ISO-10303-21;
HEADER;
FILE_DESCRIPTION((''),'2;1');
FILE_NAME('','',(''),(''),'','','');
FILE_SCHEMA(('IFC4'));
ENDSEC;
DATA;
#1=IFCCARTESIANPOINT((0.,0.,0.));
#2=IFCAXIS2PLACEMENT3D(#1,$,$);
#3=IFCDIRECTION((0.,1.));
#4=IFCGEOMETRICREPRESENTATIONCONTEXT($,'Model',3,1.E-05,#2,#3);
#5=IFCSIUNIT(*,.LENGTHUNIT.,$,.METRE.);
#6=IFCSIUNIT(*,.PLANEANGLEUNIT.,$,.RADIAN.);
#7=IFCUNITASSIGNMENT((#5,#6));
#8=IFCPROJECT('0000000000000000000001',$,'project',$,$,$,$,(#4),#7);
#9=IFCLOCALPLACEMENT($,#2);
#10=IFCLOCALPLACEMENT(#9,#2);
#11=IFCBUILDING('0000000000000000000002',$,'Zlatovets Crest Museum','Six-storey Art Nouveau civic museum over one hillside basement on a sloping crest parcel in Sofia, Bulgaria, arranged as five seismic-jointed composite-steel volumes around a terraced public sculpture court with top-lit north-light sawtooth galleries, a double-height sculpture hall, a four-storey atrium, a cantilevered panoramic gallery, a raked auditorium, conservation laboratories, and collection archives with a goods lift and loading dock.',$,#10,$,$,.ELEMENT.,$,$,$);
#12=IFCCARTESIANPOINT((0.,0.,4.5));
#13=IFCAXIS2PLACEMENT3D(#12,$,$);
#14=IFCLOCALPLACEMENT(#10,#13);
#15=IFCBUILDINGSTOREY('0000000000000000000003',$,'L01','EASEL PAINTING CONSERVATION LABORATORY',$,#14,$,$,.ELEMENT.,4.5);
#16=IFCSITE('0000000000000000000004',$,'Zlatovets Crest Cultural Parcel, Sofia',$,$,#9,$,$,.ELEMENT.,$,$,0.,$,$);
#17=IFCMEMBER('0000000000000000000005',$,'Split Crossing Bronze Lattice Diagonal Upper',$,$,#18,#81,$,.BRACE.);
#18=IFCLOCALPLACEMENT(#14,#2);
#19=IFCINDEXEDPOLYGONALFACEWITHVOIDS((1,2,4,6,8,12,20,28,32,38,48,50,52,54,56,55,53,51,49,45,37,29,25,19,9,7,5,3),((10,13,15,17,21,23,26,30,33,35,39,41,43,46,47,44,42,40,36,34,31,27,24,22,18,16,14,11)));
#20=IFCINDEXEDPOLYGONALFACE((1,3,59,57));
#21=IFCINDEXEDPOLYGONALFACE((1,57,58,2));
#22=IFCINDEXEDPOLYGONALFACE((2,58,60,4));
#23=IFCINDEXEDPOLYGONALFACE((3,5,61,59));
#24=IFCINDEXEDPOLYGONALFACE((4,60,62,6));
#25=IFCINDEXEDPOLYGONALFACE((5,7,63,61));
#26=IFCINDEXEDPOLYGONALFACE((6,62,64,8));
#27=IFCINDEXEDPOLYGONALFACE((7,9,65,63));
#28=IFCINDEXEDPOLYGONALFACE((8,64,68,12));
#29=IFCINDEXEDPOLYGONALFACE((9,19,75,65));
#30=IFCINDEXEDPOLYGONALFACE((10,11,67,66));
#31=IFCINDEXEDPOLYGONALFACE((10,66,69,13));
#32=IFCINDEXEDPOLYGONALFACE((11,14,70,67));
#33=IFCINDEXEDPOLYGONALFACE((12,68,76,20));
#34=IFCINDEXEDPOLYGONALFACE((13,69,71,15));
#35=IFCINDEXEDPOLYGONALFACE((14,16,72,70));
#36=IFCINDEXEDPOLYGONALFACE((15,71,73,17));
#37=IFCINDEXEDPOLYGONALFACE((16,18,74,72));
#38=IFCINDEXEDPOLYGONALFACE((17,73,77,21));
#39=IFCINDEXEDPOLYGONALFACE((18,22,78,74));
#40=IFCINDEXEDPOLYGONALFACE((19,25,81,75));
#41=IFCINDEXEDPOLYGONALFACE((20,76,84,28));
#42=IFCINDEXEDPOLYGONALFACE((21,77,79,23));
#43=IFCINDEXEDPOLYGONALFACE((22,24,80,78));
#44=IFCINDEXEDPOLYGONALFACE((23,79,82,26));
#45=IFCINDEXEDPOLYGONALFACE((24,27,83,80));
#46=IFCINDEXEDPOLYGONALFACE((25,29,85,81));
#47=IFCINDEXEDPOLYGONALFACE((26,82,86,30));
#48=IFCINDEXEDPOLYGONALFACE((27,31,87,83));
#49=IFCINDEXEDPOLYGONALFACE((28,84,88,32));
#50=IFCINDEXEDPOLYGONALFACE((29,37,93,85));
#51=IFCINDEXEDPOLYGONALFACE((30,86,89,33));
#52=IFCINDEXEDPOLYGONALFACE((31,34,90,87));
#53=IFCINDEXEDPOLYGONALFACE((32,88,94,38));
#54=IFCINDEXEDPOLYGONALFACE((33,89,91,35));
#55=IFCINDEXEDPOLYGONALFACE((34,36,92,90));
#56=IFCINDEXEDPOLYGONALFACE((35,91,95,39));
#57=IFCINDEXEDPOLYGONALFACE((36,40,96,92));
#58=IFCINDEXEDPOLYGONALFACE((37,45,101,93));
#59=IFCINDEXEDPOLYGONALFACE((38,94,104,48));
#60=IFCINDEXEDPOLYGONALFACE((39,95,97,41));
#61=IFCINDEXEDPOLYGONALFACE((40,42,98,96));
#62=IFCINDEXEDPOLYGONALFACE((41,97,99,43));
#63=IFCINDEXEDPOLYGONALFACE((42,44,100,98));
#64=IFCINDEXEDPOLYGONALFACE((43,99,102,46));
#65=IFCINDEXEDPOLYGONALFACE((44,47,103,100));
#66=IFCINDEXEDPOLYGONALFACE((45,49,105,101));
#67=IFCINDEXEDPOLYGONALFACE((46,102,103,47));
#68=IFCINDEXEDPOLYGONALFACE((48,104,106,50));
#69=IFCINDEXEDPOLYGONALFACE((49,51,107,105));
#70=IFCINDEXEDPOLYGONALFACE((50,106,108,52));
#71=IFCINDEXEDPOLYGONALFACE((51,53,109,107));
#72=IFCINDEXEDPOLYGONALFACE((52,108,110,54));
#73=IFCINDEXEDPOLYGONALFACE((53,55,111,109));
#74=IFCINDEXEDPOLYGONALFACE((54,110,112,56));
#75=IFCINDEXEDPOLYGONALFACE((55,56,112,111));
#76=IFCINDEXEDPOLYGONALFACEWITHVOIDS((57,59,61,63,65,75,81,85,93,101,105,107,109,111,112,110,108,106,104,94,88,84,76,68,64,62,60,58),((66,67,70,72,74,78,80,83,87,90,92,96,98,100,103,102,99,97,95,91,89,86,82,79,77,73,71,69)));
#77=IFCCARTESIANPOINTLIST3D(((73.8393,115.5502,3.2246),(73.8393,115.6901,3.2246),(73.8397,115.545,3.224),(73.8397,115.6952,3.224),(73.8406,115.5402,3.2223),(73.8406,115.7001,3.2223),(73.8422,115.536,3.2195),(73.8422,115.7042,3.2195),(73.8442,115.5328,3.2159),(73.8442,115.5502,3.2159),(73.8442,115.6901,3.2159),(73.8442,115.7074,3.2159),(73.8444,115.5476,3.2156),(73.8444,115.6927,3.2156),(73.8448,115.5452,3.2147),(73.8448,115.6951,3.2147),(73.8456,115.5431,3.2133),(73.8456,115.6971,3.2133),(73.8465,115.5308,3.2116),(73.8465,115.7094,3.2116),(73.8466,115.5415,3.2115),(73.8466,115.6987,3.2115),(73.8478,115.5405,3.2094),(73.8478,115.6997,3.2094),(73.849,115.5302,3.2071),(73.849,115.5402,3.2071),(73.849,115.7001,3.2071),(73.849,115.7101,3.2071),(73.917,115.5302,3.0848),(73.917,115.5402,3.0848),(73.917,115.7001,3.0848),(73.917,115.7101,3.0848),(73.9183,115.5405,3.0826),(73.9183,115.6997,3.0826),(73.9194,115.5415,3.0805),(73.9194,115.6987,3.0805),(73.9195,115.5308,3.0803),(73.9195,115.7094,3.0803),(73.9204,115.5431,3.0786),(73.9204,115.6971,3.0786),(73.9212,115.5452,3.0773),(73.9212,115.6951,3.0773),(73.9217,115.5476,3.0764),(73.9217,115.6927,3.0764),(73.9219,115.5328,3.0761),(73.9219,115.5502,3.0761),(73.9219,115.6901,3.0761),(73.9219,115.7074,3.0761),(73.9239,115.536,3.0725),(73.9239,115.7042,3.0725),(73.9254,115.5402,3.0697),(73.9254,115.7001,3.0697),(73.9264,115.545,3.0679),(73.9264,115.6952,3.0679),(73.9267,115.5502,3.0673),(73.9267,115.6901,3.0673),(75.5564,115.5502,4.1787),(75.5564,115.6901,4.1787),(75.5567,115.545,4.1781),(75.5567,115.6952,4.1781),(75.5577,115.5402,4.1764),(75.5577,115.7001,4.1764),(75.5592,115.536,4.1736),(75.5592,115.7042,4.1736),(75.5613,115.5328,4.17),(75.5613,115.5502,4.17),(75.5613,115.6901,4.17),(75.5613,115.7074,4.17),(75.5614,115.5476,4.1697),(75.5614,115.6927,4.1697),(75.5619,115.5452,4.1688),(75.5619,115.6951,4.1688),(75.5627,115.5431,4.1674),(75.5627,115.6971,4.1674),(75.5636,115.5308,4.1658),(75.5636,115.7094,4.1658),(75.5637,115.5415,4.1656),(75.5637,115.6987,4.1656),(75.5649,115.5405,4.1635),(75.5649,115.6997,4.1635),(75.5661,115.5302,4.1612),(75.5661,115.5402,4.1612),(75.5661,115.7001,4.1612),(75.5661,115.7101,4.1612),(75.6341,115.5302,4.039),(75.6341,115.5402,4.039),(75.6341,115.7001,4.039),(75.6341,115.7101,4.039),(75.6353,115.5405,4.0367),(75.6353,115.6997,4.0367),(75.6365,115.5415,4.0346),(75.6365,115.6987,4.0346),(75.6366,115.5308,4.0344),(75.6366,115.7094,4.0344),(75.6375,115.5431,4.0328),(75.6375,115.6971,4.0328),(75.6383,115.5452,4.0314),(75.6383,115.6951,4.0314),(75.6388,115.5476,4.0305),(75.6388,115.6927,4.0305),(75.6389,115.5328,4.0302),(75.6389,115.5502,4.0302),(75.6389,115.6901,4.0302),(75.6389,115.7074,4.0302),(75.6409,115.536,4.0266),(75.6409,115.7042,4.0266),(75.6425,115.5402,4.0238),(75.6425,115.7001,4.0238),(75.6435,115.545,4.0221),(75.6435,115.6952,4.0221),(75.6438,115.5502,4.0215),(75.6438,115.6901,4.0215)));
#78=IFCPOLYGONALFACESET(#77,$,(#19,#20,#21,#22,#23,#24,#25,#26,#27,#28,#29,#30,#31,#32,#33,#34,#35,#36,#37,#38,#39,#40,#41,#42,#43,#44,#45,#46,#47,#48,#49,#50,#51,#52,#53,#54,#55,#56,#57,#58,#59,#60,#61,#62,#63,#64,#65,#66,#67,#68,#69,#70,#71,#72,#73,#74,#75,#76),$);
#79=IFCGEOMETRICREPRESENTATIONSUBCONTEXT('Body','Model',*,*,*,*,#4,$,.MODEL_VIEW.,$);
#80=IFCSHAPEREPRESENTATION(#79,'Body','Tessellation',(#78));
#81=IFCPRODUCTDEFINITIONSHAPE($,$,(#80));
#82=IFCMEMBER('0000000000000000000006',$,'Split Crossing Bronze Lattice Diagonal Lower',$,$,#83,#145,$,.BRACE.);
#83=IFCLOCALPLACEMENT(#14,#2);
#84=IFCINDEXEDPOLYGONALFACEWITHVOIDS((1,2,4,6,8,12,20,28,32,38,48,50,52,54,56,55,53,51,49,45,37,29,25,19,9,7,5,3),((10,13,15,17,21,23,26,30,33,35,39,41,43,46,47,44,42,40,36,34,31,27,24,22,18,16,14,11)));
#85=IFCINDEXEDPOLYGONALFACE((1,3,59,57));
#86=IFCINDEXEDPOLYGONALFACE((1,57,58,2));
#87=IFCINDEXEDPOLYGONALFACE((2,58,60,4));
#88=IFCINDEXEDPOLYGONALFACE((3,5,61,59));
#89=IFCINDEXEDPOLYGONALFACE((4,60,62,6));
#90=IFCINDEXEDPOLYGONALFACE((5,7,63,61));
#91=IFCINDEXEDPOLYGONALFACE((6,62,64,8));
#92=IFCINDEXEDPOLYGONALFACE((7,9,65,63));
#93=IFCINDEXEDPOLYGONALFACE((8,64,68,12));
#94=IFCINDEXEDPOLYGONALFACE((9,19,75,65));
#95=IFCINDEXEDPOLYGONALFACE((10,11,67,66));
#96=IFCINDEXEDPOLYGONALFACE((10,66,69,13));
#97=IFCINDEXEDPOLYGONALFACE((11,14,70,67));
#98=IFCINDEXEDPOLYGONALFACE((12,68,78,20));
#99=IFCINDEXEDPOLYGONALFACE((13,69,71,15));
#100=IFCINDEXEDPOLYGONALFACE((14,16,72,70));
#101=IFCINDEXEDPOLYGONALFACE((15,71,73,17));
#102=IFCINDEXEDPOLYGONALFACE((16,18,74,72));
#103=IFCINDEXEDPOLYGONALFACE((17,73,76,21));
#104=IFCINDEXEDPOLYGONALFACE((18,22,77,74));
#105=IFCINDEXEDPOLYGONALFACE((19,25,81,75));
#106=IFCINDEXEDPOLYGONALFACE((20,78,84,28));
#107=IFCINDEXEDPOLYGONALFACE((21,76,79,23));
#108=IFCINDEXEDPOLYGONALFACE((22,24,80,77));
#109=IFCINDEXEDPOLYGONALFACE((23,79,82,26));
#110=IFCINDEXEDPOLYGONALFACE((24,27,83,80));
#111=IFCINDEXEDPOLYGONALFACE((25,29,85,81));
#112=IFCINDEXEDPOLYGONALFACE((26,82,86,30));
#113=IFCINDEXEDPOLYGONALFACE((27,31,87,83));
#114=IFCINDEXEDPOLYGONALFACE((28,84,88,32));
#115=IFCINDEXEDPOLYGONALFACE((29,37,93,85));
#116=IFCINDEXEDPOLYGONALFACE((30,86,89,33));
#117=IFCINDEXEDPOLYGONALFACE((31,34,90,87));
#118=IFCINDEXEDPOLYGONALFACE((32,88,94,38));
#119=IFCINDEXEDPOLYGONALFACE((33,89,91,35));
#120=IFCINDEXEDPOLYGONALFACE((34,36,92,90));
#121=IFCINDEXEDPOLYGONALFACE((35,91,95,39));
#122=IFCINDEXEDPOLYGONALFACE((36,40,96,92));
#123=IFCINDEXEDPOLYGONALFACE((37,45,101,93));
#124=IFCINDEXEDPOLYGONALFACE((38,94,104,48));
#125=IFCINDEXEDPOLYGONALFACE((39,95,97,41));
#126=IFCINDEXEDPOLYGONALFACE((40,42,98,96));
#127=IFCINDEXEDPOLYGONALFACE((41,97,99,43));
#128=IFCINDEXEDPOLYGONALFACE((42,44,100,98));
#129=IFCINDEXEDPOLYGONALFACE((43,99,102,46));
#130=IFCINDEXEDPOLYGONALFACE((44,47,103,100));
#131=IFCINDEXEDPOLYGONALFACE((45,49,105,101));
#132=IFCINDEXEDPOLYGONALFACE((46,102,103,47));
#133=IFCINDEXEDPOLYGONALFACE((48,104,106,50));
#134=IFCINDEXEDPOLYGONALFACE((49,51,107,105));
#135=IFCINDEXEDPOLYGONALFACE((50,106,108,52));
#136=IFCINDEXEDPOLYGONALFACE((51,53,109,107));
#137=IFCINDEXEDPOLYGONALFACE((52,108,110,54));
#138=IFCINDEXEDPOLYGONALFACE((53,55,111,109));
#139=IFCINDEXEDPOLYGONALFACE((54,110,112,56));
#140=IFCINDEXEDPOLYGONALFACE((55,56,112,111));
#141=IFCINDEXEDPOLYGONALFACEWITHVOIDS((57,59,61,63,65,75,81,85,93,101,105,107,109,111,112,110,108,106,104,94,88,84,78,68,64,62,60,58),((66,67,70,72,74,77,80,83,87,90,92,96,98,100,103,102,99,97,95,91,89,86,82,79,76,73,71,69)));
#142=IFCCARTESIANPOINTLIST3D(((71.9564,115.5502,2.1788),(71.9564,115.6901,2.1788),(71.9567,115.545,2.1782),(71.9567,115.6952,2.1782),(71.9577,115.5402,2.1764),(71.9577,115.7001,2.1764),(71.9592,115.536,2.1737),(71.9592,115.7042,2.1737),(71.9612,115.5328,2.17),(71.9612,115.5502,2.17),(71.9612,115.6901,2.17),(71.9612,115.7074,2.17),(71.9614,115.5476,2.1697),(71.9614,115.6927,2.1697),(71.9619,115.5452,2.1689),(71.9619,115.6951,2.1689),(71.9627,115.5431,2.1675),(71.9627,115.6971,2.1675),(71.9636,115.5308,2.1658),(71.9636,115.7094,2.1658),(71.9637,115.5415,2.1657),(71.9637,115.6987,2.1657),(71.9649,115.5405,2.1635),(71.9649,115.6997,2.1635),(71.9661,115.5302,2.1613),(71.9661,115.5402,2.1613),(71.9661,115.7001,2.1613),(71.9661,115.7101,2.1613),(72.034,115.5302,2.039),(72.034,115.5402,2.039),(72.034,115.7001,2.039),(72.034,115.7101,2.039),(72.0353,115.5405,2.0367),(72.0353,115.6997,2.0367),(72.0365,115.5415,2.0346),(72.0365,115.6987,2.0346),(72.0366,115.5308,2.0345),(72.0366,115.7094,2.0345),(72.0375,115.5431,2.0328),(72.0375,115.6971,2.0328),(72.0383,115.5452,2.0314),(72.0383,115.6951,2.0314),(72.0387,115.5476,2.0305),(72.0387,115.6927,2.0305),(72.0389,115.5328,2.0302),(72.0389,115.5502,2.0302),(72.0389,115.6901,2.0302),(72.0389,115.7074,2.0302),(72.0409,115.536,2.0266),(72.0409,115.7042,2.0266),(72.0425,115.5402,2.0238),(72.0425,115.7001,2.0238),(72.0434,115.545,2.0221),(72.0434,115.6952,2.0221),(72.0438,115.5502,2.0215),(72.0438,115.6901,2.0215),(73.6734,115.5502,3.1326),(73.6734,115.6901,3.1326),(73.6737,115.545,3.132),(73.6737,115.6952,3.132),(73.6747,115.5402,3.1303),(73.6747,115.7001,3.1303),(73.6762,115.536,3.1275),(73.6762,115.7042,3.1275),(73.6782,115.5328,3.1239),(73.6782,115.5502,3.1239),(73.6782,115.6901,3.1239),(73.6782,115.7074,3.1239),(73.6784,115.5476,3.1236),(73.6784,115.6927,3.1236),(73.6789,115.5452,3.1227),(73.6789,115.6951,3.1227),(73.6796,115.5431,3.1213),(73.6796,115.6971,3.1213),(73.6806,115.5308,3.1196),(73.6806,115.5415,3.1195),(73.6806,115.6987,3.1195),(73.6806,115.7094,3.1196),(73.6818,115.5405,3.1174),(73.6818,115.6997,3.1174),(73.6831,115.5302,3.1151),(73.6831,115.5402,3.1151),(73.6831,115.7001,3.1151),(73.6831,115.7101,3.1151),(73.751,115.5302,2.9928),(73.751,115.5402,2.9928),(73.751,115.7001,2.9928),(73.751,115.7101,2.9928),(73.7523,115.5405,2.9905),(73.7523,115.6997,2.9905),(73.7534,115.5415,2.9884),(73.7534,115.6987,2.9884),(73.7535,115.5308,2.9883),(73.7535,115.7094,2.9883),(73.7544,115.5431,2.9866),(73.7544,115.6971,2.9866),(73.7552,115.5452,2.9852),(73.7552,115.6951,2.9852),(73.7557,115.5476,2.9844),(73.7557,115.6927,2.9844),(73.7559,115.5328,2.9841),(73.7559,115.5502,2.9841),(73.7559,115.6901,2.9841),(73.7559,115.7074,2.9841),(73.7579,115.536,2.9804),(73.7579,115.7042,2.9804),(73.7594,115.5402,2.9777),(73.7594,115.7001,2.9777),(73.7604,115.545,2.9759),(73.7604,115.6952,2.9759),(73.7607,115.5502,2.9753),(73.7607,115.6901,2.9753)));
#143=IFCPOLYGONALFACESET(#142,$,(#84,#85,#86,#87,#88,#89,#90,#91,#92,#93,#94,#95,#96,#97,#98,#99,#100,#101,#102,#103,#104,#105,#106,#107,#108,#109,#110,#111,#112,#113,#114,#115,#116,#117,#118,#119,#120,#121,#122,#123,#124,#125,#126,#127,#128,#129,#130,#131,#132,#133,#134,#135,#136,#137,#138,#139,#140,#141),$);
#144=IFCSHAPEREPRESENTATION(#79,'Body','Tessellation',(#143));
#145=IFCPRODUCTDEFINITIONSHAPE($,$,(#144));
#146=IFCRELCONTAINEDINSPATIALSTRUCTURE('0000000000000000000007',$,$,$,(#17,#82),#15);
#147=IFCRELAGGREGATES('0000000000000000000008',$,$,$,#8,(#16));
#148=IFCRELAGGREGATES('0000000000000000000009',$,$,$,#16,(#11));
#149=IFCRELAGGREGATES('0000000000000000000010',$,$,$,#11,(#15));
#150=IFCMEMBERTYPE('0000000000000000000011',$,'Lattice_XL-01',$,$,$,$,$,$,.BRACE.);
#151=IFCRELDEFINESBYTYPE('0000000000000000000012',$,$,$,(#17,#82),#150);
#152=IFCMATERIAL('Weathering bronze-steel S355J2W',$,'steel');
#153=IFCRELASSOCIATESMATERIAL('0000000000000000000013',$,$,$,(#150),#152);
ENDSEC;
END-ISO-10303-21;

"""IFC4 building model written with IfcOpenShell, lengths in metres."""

from ifc_helpers import new_model, si_unit, direction, frame, origin, origin_2d, place, context, subcontext, project, spatial, hollow_rectangle, extrude, material, material_profile, profile_set, type_object, element, save


model = new_model("IFC4")

# Units and contexts
model_context = context("Model", 3, precision=1e-05, world=origin(), true_north=direction((0.0, 1.0)))
body_context = subcontext(model_context, "Body", "Model", "MODEL_VIEW")
ifc_project = project(units=[si_unit("LENGTHUNIT", "METRE"), si_unit("PLANEANGLEUNIT", "RADIAN")], contexts=[model_context])

# Site, building, storey
site_placement = place(None, origin())
site = spatial("IfcSite", under=ifc_project, at=site_placement, Name="Zlatovets Crest Cultural Parcel, Sofia", CompositionType="ELEMENT", RefElevation=0.0)
building_placement = place(site_placement, origin())
building = spatial("IfcBuilding", under=site, at=building_placement, Name="Zlatovets Crest Museum", Description="Six-storey Art Nouveau civic museum over one hillside basement on a sloping crest parcel in Sofia, Bulgaria, arranged as five seismic-jointed composite-steel volumes around a terraced public sculpture court with top-lit north-light sawtooth galleries, a double-height sculpture hall, a four-storey atrium, a cantilevered panoramic gallery, a raked auditorium, conservation laboratories, and collection archives with a goods lift and loading dock.", CompositionType="ELEMENT")
storey_placement = place(building_placement, frame((0.0, 0.0, 4.5)))
storey = spatial("IfcBuildingStorey", under=building, at=storey_placement, Name="L01", Description="EASEL PAINTING CONSERVATION LABORATORY", CompositionType="ELEMENT", Elevation=4.5)

# Members
ifc_material_1 = material(Name="Weathering bronze-steel S355J2W", Category="steel")
ifc_material_profile_1 = material_profile(ifc_material_1, hollow_rectangle(XDim=0.1799, YDim=0.1799, WallThickness=0.01, InnerFilletRadius=0.01, OuterFilletRadius=0.02, at=origin_2d()), Name="SHS 180x180x10.0")
ifc_profile_set_1 = profile_set([ifc_material_profile_1], Name="Weathering bronze-steel S355J2W")
member_type_1 = type_object("IfcMemberType", Name="Lattice_XL-01", PredefinedType="BRACE", material=ifc_profile_set_1)
member_1_placement = place(storey_placement, frame((75.6001, 115.6201, 4.1001), z_axis=(-0.874116, 0.0, -0.485717), x_axis=(0.0, -1.0, 0.0)))
element("IfcMember", 1, at=member_1_placement, inside=storey, type_object=member_type_1, Name="Split Crossing Bronze Lattice Diagonal Upper", PredefinedType="BRACE", context=body_context, shape_type="SweptSolid", body=[
    extrude(hollow_rectangle(XDim=0.1799, YDim=0.1799, WallThickness=0.01, InnerFilletRadius=0.01, OuterFilletRadius=0.02, at=origin_2d()), origin(), (0.0, 0.0, 1.0), 1.9644),
])
member_2_placement = place(storey_placement, frame((73.717, 115.6201, 3.054), z_axis=(-0.874169, 0.0, -0.485622), x_axis=(0.0, -1.0, 0.0)))
element("IfcMember", 2, at=member_2_placement, inside=storey, type_object=member_type_1, Name="Split Crossing Bronze Lattice Diagonal Lower", PredefinedType="BRACE", context=body_context, shape_type="SweptSolid", body=[
    extrude(hollow_rectangle(XDim=0.1799, YDim=0.1799, WallThickness=0.01, InnerFilletRadius=0.01, OuterFilletRadius=0.02, at=origin_2d()), origin(), (0.0, 0.0, 1.0), 1.9641),
])

save(model, "model.ifc")
